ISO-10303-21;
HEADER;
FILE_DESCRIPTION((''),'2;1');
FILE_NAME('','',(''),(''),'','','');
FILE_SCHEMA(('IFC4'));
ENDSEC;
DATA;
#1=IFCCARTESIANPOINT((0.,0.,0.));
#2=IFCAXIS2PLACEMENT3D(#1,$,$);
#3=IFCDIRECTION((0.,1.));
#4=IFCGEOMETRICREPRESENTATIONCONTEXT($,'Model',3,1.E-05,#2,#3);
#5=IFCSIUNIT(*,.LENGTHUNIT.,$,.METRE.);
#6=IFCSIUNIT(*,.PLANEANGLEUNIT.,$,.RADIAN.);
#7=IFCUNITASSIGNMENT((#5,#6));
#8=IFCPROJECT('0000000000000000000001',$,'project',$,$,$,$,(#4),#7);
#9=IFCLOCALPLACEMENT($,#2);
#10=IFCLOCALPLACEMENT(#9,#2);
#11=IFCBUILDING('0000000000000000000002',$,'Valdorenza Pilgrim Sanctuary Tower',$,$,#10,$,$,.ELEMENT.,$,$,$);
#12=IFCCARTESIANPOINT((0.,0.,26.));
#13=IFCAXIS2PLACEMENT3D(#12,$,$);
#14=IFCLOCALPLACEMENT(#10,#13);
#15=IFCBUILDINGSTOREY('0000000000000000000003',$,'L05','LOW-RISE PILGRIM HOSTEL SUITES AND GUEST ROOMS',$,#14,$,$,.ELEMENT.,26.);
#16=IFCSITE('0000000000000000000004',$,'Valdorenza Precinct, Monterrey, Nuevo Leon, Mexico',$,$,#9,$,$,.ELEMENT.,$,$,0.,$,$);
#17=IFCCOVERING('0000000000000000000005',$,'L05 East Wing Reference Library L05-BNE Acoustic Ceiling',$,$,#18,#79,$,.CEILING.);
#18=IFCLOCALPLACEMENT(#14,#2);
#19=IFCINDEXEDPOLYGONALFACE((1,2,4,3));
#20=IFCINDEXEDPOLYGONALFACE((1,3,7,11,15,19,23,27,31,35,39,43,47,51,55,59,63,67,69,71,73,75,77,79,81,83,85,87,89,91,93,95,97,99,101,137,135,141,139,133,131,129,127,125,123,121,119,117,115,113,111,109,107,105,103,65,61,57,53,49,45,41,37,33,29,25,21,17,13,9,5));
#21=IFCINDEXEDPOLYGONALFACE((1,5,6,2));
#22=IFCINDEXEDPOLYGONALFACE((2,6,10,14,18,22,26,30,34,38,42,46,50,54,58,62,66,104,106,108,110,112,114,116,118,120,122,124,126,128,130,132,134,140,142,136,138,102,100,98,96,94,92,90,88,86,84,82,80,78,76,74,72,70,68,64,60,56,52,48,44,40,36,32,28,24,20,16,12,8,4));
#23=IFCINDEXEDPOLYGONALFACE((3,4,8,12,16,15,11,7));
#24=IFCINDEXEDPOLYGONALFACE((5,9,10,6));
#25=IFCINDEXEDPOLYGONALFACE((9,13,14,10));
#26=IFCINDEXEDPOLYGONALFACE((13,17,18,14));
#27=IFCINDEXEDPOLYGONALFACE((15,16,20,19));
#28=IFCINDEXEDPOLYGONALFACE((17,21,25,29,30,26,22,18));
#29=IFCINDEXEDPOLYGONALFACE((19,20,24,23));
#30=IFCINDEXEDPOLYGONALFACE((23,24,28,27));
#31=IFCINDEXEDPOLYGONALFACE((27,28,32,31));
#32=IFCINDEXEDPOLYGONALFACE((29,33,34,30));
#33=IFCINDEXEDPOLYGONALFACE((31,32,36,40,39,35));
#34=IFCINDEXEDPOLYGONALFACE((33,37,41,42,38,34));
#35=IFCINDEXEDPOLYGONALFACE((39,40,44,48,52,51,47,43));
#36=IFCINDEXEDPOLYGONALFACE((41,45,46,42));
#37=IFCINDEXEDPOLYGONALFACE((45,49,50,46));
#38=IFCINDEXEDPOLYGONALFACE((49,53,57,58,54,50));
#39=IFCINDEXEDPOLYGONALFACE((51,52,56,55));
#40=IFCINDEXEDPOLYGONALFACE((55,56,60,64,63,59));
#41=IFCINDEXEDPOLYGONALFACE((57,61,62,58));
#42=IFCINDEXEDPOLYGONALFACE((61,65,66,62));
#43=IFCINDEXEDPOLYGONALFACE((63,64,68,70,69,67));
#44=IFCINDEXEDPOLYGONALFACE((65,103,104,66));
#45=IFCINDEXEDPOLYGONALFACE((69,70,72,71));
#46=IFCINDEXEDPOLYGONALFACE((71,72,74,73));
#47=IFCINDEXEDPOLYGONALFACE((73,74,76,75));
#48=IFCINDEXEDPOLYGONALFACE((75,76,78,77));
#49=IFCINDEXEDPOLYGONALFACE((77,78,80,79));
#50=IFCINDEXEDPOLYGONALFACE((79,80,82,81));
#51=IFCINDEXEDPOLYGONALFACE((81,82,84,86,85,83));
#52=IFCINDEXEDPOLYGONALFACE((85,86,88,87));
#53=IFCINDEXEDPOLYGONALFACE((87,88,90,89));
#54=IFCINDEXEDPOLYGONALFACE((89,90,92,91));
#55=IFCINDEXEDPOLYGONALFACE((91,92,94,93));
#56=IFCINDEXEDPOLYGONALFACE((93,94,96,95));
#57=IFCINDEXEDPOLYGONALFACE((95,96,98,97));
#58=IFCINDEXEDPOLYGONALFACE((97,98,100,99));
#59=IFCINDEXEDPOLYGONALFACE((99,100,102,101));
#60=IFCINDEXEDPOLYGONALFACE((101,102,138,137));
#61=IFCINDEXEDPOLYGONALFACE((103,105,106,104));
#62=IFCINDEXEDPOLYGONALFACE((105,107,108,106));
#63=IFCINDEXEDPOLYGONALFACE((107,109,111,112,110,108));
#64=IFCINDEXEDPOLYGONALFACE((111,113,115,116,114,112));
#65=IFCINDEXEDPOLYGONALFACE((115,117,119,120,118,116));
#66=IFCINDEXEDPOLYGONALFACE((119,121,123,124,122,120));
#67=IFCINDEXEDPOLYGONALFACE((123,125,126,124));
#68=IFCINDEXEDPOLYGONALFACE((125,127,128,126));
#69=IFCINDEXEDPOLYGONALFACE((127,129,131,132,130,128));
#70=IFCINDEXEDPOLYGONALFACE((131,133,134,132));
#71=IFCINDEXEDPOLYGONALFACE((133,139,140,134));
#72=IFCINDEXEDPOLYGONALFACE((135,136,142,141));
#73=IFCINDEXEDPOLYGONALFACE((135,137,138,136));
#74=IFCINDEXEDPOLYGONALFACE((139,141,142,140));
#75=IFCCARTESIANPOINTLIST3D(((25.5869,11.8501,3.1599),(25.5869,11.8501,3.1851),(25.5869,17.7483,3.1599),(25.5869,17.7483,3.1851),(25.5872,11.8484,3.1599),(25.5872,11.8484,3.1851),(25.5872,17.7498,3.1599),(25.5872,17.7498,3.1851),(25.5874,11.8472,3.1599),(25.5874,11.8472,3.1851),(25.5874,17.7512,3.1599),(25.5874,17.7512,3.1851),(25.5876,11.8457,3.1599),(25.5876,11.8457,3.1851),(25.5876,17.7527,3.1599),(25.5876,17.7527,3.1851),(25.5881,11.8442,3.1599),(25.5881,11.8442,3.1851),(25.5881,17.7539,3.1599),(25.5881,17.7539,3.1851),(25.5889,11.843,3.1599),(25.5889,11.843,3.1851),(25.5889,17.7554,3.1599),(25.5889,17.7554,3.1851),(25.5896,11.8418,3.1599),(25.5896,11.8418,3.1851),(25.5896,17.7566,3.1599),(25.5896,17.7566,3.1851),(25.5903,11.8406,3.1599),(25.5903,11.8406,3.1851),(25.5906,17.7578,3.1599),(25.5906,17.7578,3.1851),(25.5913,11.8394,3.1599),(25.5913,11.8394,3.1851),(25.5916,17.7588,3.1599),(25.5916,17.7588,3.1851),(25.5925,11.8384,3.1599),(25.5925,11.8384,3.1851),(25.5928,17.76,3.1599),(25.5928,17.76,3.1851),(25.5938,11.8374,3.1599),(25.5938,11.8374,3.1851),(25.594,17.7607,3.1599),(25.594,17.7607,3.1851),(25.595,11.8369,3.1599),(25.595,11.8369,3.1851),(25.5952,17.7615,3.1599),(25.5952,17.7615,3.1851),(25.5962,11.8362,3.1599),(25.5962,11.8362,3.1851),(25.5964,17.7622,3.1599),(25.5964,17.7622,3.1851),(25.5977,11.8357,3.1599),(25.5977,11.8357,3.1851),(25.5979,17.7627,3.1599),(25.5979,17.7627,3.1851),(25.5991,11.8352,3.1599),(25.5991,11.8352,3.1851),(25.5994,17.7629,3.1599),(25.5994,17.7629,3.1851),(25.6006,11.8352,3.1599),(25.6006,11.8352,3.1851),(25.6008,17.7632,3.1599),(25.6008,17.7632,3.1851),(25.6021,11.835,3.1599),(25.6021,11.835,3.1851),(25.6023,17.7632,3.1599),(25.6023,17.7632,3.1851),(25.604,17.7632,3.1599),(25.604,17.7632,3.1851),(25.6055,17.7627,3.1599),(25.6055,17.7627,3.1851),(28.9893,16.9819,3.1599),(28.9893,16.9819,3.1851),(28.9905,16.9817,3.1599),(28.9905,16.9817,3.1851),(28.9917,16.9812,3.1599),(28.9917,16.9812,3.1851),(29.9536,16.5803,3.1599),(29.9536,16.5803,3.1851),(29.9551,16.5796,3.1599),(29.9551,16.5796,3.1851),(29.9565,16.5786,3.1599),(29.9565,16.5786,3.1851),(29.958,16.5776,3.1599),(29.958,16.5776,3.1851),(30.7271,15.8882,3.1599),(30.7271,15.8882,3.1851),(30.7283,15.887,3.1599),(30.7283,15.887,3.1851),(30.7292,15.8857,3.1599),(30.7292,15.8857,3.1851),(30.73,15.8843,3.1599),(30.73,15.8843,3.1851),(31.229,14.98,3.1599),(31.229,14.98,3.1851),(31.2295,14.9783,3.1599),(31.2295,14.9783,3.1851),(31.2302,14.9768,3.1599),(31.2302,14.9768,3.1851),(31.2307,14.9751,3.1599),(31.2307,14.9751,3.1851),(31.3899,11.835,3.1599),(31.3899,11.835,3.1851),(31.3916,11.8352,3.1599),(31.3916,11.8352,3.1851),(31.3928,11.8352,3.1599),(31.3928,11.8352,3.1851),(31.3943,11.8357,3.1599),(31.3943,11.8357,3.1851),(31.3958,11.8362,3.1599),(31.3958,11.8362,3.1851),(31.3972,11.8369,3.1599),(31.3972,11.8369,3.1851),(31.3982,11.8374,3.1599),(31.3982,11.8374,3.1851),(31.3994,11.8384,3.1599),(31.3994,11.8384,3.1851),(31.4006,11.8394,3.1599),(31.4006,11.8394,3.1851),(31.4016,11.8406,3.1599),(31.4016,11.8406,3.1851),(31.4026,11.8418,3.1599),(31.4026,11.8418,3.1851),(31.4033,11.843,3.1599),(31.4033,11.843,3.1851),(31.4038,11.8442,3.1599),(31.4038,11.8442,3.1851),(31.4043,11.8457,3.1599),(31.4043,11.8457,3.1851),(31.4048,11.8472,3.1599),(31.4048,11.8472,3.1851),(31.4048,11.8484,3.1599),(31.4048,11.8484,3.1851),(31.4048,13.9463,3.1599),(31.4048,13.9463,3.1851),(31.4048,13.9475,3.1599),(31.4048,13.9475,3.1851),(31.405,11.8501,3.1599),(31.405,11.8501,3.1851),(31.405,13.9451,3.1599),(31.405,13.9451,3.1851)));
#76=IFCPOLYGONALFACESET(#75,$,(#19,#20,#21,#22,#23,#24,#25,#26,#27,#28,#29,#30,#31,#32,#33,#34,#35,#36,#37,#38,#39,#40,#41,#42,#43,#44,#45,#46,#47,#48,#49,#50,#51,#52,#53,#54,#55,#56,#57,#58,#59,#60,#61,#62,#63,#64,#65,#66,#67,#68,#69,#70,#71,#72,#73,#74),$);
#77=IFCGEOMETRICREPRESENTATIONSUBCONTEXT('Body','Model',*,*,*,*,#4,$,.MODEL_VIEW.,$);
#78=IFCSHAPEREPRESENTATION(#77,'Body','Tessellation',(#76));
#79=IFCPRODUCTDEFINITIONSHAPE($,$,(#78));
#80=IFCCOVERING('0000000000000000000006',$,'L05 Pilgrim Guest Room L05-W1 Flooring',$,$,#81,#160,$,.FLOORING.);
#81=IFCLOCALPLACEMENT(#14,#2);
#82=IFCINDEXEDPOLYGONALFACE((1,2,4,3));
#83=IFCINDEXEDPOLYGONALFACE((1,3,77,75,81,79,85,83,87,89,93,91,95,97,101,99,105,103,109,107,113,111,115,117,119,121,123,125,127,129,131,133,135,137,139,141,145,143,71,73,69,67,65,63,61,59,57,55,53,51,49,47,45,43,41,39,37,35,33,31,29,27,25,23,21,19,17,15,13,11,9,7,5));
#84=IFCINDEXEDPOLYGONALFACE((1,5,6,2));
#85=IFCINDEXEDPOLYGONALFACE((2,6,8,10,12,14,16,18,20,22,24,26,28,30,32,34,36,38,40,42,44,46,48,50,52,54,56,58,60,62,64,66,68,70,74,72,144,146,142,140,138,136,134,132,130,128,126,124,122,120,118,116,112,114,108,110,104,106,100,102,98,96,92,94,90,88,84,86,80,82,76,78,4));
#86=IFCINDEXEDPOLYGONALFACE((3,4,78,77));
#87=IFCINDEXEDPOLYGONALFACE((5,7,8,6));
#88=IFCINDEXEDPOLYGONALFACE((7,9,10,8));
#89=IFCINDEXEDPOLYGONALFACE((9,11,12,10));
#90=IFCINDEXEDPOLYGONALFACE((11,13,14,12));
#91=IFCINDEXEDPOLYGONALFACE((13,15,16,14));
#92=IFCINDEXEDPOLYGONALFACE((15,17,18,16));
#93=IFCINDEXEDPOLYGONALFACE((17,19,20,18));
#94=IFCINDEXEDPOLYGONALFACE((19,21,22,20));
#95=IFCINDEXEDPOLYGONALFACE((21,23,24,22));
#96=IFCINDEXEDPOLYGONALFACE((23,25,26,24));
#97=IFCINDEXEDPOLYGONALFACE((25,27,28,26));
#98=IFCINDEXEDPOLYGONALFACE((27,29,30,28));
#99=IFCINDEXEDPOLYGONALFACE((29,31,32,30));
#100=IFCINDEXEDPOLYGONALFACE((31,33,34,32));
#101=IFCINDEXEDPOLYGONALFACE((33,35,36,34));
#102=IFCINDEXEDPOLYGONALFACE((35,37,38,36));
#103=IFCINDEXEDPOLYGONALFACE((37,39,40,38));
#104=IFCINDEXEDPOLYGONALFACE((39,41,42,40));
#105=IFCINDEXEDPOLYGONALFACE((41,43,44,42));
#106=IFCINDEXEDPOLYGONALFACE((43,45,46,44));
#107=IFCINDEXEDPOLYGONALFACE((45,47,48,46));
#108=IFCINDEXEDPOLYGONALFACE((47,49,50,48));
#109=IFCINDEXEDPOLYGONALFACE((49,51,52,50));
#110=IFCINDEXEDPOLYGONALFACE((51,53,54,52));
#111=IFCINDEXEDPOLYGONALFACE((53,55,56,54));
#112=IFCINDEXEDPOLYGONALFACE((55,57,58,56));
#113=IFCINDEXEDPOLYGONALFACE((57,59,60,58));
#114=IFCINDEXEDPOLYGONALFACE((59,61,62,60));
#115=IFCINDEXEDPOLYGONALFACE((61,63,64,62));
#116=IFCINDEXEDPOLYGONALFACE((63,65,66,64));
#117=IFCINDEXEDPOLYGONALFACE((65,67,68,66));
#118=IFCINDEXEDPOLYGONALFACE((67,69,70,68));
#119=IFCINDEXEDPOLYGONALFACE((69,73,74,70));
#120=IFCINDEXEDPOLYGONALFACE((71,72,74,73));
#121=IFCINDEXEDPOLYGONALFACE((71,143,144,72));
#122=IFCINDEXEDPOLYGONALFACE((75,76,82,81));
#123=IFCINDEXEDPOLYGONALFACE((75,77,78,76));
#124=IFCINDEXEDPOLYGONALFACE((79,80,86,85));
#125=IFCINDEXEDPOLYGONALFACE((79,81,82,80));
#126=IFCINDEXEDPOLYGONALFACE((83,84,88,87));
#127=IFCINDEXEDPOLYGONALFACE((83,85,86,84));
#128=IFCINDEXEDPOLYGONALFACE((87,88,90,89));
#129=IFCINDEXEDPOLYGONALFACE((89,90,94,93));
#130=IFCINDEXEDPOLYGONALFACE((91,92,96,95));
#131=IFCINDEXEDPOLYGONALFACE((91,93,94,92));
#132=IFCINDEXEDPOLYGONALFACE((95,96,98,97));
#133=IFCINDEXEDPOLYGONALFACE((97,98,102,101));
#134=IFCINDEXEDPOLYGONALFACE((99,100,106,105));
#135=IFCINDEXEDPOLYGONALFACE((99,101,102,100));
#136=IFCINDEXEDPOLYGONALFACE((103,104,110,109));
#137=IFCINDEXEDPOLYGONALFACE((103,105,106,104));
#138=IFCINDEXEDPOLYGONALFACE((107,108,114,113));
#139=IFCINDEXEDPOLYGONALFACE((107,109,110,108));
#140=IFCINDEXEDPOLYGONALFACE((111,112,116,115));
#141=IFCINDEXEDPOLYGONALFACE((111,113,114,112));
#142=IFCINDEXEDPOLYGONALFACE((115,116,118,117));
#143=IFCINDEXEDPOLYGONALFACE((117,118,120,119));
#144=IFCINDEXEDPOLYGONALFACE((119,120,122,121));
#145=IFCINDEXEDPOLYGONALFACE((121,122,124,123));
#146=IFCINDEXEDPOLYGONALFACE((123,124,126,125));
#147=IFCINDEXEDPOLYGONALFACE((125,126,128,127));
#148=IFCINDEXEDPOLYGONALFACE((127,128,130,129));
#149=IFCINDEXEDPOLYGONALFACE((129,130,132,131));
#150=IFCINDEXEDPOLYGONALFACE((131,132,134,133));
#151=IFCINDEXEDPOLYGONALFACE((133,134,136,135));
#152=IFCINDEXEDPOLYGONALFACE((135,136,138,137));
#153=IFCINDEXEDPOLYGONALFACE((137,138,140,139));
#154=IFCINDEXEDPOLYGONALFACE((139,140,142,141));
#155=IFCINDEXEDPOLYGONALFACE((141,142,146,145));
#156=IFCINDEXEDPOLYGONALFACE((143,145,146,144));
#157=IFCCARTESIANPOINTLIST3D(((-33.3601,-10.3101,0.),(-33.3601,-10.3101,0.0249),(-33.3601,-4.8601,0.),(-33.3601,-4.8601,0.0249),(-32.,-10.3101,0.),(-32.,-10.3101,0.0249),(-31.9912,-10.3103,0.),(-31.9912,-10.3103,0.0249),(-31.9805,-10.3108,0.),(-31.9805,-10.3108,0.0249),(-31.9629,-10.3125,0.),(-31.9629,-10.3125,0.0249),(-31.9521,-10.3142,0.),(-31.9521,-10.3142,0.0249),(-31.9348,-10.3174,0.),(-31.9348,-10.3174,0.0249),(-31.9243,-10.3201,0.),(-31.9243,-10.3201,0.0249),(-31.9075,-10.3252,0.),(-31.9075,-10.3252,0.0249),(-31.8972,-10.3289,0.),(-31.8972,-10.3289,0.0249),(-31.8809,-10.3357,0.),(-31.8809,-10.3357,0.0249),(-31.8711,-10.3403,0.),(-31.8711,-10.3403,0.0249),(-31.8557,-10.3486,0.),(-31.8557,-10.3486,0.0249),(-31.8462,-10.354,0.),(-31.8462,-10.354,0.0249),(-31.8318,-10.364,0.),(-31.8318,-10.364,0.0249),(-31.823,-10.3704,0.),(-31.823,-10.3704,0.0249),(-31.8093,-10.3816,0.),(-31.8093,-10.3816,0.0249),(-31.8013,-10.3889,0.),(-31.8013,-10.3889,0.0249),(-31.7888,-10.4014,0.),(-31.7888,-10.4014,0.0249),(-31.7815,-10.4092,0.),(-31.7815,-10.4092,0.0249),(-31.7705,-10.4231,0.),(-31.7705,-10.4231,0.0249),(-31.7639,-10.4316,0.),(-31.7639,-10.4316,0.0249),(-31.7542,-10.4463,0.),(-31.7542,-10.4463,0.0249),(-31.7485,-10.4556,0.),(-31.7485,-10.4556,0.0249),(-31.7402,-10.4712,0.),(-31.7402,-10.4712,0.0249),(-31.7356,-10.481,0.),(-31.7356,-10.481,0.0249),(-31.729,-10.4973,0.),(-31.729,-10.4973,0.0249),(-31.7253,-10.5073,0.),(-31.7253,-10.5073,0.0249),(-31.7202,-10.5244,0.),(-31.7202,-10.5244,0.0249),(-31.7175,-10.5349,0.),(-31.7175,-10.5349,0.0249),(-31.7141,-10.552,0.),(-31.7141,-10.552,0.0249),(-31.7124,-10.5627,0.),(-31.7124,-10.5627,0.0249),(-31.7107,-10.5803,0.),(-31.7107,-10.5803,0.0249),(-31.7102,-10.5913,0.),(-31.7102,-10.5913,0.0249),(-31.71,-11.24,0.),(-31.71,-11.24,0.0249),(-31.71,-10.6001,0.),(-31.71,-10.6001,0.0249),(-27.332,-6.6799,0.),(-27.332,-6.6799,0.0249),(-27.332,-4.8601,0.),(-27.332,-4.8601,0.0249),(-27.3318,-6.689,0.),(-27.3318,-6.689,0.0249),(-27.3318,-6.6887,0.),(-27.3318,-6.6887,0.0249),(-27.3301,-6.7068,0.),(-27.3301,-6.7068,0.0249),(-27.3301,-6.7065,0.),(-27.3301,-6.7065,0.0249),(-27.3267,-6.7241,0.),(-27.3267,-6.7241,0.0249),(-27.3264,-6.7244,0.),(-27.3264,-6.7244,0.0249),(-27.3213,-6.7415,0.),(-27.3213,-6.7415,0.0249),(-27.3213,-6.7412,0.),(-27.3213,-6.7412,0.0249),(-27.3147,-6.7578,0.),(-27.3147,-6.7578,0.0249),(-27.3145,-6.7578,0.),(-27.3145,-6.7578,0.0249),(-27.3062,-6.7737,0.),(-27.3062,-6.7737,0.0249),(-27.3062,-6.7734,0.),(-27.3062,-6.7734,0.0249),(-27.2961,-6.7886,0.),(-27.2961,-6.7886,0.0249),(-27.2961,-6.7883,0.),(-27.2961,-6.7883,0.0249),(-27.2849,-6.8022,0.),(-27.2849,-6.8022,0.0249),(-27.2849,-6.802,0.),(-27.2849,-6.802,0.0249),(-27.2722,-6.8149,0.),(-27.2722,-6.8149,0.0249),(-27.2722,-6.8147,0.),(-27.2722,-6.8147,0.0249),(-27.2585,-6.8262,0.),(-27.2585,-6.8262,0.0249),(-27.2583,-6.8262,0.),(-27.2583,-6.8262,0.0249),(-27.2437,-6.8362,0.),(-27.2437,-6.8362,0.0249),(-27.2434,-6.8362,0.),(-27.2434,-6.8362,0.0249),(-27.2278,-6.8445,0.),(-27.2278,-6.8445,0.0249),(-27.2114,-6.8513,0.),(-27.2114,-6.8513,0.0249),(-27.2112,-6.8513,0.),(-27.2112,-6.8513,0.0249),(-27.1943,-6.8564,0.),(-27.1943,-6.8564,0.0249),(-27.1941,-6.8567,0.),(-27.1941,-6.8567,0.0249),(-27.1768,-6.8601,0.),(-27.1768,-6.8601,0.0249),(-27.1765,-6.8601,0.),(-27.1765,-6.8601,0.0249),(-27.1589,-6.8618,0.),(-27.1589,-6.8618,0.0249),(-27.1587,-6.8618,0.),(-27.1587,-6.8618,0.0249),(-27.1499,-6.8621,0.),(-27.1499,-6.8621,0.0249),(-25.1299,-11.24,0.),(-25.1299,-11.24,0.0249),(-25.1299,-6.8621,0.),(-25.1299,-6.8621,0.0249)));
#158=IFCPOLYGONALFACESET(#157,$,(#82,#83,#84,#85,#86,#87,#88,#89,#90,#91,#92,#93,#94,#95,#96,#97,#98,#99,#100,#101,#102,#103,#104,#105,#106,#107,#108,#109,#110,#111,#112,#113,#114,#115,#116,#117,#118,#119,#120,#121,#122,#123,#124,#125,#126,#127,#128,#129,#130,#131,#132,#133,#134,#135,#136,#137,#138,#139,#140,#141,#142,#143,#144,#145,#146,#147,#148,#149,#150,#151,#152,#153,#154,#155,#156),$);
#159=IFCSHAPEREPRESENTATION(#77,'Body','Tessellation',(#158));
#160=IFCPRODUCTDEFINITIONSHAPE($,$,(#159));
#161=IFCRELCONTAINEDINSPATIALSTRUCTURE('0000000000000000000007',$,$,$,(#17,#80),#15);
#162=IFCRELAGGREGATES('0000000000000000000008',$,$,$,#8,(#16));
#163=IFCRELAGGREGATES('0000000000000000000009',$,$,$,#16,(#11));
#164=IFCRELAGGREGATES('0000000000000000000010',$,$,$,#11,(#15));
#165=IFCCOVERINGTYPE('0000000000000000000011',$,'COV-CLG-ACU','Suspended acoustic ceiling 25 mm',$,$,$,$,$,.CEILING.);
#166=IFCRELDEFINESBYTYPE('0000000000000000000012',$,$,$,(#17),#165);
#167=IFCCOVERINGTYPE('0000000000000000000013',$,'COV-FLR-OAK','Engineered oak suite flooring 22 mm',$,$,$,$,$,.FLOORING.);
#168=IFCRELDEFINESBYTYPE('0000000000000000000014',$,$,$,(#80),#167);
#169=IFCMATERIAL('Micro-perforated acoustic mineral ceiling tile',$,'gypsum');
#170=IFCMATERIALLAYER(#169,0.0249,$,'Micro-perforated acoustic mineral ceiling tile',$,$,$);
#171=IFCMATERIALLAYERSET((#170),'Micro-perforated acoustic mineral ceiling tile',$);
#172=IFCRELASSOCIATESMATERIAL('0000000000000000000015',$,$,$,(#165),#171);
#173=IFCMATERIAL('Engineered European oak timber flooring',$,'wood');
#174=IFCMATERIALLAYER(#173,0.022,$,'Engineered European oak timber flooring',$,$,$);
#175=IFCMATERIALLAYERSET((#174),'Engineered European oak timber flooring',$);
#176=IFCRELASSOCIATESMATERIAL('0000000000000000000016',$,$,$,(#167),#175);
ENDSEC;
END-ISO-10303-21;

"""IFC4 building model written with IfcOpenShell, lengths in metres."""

from ifc_helpers import new_model, si_unit, direction, frame, origin, place, context, subcontext, project, spatial, polyline, outline, extrude, material, layer, layer_set, type_object, element, save


model = new_model("IFC4")

# Units and contexts
model_context = context("Model", 3, precision=1e-05, world=origin(), true_north=direction((0.0, 1.0)))
body_context = subcontext(model_context, "Body", "Model", "MODEL_VIEW")
ifc_project = project(units=[si_unit("LENGTHUNIT", "METRE"), si_unit("PLANEANGLEUNIT", "RADIAN")], contexts=[model_context])

# Site, building, storey
site_placement = place(None, origin())
site = spatial("IfcSite", under=ifc_project, at=site_placement, Name="Valdorenza Precinct, Monterrey, Nuevo Leon, Mexico", CompositionType="ELEMENT", RefElevation=0.0)
building_placement = place(site_placement, origin())
building = spatial("IfcBuilding", under=site, at=building_placement, Name="Valdorenza Pilgrim Sanctuary Tower", CompositionType="ELEMENT")
storey_placement = place(building_placement, frame((0.0, 0.0, 26.0)))
storey = spatial("IfcBuildingStorey", under=building, at=storey_placement, Name="L05", Description="LOW-RISE PILGRIM HOSTEL SUITES AND GUEST ROOMS", CompositionType="ELEMENT", Elevation=26.0)

# Coverings
ifc_material_1 = material(Name="Micro-perforated acoustic mineral ceiling tile", Category="gypsum")
ifc_layer_1 = layer(ifc_material_1, 0.0249, Name="Micro-perforated acoustic mineral ceiling tile")
ifc_layer_set_1 = layer_set([ifc_layer_1], Name="Micro-perforated acoustic mineral ceiling tile")
covering_type_1 = type_object("IfcCoveringType", Name="COV-CLG-ACU", Description="Suspended acoustic ceiling 25 mm", PredefinedType="CEILING", material=ifc_layer_set_1)
covering_1_placement = place(storey_placement, frame((0.0, 0.0, 3.1599)))
element("IfcCovering", 1, at=covering_1_placement, inside=storey, type_object=covering_type_1, Name="L05 East Wing Reference Library L05-BNE Acoustic Ceiling", PredefinedType="CEILING", context=body_context, shape_type="SweptSolid", body=[
    extrude(outline(polyline([(28.9893, 16.9819), (28.9905, 16.9817), (28.9917, 16.9812), (29.9536, 16.5803), (29.9551, 16.5796), (29.9565, 16.5786), (29.958, 16.5776), (30.7271, 15.8882), (30.7283, 15.887), (30.7292, 15.8857), (30.73, 15.8843), (31.229, 14.98), (31.2295, 14.9783), (31.2302, 14.9768), (31.2307, 14.9751), (31.4048, 13.9475), (31.4048, 13.9463), (31.405, 13.9451), (31.405, 11.8501), (31.4048, 11.8484), (31.4048, 11.8472), (31.4043, 11.8457), (31.4038, 11.8442), (31.4033, 11.843), (31.4026, 11.8418), (31.4016, 11.8406), (31.4006, 11.8394), (31.3994, 11.8384), (31.3982, 11.8374), (31.3972, 11.8369), (31.3958, 11.8362), (31.3943, 11.8357), (31.3928, 11.8352), (31.3916, 11.8352), (31.3899, 11.835), (25.6021, 11.835), (25.6006, 11.8352), (25.5991, 11.8352), (25.5977, 11.8357), (25.5962, 11.8362), (25.595, 11.8369), (25.5938, 11.8374), (25.5925, 11.8384), (25.5913, 11.8394), (25.5903, 11.8406), (25.5896, 11.8418), (25.5889, 11.843), (25.5881, 11.8442), (25.5876, 11.8457), (25.5874, 11.8472), (25.5872, 11.8484), (25.5869, 11.8501), (25.5869, 17.7483), (25.5872, 17.7498), (25.5874, 17.7512), (25.5876, 17.7527), (25.5881, 17.7539), (25.5889, 17.7554), (25.5896, 17.7566), (25.5906, 17.7578), (25.5916, 17.7588), (25.5928, 17.76), (25.594, 17.7607), (25.5952, 17.7615), (25.5964, 17.7622), (25.5979, 17.7627), (25.5994, 17.7629), (25.6008, 17.7632), (25.6023, 17.7632), (25.604, 17.7632), (25.6055, 17.7627), (28.9893, 16.9819)])), origin(), (0.0, 0.0, 1.0), 0.0251),
])
ifc_material_2 = material(Name="Engineered European oak timber flooring", Category="wood")
ifc_layer_2 = layer(ifc_material_2, 0.022, Name="Engineered European oak timber flooring")
ifc_layer_set_2 = layer_set([ifc_layer_2], Name="Engineered European oak timber flooring")
covering_type_2 = type_object("IfcCoveringType", Name="COV-FLR-OAK", Description="Engineered oak suite flooring 22 mm", PredefinedType="FLOORING", material=ifc_layer_set_2)
covering_2_placement = place(storey_placement, origin())
element("IfcCovering", 2, at=covering_2_placement, inside=storey, type_object=covering_type_2, Name="L05 Pilgrim Guest Room L05-W1 Flooring", PredefinedType="FLOORING", context=body_context, shape_type="SweptSolid", body=[
    extrude(outline(polyline([(-31.71, -10.6001), (-31.7102, -10.5913), (-31.7107, -10.5803), (-31.7124, -10.5627), (-31.7141, -10.552), (-31.7175, -10.5349), (-31.7202, -10.5244), (-31.7253, -10.5073), (-31.729, -10.4973), (-31.7356, -10.481), (-31.7402, -10.4712), (-31.7485, -10.4556), (-31.7542, -10.4463), (-31.7639, -10.4316), (-31.7705, -10.4231), (-31.7815, -10.4092), (-31.7888, -10.4014), (-31.8013, -10.3889), (-31.8093, -10.3816), (-31.823, -10.3704), (-31.8318, -10.364), (-31.8462, -10.354), (-31.8557, -10.3486), (-31.8711, -10.3403), (-31.8809, -10.3357), (-31.8972, -10.3289), (-31.9075, -10.3252), (-31.9243, -10.3201), (-31.9348, -10.3174), (-31.9521, -10.3142), (-31.9629, -10.3125), (-31.9805, -10.3108), (-31.9912, -10.3103), (-32.0, -10.3101), (-33.3601, -10.3101), (-33.3601, -4.8601), (-27.332, -4.8601), (-27.332, -6.6799), (-27.3318, -6.6887), (-27.3318, -6.689), (-27.3301, -6.7065), (-27.3301, -6.7068), (-27.3267, -6.7241), (-27.3264, -6.7244), (-27.3213, -6.7412), (-27.3213, -6.7415), (-27.3147, -6.7578), (-27.3145, -6.7578), (-27.3062, -6.7734), (-27.3062, -6.7737), (-27.2961, -6.7883), (-27.2961, -6.7886), (-27.2849, -6.802), (-27.2849, -6.8022), (-27.2722, -6.8147), (-27.2722, -6.8149), (-27.2585, -6.8262), (-27.2583, -6.8262), (-27.2437, -6.8362), (-27.2434, -6.8362), (-27.2278, -6.8445), (-27.2278, -6.8445), (-27.2114, -6.8513), (-27.2112, -6.8513), (-27.1943, -6.8564), (-27.1941, -6.8567), (-27.1768, -6.8601), (-27.1765, -6.8601), (-27.1589, -6.8618), (-27.1587, -6.8618), (-27.1499, -6.8621), (-25.1299, -6.8621), (-25.1299, -11.24), (-31.71, -11.24), (-31.71, -10.6001)])), origin(), (0.0, 0.0, 1.0), 0.0249),
])

save(model, "model.ifc")
